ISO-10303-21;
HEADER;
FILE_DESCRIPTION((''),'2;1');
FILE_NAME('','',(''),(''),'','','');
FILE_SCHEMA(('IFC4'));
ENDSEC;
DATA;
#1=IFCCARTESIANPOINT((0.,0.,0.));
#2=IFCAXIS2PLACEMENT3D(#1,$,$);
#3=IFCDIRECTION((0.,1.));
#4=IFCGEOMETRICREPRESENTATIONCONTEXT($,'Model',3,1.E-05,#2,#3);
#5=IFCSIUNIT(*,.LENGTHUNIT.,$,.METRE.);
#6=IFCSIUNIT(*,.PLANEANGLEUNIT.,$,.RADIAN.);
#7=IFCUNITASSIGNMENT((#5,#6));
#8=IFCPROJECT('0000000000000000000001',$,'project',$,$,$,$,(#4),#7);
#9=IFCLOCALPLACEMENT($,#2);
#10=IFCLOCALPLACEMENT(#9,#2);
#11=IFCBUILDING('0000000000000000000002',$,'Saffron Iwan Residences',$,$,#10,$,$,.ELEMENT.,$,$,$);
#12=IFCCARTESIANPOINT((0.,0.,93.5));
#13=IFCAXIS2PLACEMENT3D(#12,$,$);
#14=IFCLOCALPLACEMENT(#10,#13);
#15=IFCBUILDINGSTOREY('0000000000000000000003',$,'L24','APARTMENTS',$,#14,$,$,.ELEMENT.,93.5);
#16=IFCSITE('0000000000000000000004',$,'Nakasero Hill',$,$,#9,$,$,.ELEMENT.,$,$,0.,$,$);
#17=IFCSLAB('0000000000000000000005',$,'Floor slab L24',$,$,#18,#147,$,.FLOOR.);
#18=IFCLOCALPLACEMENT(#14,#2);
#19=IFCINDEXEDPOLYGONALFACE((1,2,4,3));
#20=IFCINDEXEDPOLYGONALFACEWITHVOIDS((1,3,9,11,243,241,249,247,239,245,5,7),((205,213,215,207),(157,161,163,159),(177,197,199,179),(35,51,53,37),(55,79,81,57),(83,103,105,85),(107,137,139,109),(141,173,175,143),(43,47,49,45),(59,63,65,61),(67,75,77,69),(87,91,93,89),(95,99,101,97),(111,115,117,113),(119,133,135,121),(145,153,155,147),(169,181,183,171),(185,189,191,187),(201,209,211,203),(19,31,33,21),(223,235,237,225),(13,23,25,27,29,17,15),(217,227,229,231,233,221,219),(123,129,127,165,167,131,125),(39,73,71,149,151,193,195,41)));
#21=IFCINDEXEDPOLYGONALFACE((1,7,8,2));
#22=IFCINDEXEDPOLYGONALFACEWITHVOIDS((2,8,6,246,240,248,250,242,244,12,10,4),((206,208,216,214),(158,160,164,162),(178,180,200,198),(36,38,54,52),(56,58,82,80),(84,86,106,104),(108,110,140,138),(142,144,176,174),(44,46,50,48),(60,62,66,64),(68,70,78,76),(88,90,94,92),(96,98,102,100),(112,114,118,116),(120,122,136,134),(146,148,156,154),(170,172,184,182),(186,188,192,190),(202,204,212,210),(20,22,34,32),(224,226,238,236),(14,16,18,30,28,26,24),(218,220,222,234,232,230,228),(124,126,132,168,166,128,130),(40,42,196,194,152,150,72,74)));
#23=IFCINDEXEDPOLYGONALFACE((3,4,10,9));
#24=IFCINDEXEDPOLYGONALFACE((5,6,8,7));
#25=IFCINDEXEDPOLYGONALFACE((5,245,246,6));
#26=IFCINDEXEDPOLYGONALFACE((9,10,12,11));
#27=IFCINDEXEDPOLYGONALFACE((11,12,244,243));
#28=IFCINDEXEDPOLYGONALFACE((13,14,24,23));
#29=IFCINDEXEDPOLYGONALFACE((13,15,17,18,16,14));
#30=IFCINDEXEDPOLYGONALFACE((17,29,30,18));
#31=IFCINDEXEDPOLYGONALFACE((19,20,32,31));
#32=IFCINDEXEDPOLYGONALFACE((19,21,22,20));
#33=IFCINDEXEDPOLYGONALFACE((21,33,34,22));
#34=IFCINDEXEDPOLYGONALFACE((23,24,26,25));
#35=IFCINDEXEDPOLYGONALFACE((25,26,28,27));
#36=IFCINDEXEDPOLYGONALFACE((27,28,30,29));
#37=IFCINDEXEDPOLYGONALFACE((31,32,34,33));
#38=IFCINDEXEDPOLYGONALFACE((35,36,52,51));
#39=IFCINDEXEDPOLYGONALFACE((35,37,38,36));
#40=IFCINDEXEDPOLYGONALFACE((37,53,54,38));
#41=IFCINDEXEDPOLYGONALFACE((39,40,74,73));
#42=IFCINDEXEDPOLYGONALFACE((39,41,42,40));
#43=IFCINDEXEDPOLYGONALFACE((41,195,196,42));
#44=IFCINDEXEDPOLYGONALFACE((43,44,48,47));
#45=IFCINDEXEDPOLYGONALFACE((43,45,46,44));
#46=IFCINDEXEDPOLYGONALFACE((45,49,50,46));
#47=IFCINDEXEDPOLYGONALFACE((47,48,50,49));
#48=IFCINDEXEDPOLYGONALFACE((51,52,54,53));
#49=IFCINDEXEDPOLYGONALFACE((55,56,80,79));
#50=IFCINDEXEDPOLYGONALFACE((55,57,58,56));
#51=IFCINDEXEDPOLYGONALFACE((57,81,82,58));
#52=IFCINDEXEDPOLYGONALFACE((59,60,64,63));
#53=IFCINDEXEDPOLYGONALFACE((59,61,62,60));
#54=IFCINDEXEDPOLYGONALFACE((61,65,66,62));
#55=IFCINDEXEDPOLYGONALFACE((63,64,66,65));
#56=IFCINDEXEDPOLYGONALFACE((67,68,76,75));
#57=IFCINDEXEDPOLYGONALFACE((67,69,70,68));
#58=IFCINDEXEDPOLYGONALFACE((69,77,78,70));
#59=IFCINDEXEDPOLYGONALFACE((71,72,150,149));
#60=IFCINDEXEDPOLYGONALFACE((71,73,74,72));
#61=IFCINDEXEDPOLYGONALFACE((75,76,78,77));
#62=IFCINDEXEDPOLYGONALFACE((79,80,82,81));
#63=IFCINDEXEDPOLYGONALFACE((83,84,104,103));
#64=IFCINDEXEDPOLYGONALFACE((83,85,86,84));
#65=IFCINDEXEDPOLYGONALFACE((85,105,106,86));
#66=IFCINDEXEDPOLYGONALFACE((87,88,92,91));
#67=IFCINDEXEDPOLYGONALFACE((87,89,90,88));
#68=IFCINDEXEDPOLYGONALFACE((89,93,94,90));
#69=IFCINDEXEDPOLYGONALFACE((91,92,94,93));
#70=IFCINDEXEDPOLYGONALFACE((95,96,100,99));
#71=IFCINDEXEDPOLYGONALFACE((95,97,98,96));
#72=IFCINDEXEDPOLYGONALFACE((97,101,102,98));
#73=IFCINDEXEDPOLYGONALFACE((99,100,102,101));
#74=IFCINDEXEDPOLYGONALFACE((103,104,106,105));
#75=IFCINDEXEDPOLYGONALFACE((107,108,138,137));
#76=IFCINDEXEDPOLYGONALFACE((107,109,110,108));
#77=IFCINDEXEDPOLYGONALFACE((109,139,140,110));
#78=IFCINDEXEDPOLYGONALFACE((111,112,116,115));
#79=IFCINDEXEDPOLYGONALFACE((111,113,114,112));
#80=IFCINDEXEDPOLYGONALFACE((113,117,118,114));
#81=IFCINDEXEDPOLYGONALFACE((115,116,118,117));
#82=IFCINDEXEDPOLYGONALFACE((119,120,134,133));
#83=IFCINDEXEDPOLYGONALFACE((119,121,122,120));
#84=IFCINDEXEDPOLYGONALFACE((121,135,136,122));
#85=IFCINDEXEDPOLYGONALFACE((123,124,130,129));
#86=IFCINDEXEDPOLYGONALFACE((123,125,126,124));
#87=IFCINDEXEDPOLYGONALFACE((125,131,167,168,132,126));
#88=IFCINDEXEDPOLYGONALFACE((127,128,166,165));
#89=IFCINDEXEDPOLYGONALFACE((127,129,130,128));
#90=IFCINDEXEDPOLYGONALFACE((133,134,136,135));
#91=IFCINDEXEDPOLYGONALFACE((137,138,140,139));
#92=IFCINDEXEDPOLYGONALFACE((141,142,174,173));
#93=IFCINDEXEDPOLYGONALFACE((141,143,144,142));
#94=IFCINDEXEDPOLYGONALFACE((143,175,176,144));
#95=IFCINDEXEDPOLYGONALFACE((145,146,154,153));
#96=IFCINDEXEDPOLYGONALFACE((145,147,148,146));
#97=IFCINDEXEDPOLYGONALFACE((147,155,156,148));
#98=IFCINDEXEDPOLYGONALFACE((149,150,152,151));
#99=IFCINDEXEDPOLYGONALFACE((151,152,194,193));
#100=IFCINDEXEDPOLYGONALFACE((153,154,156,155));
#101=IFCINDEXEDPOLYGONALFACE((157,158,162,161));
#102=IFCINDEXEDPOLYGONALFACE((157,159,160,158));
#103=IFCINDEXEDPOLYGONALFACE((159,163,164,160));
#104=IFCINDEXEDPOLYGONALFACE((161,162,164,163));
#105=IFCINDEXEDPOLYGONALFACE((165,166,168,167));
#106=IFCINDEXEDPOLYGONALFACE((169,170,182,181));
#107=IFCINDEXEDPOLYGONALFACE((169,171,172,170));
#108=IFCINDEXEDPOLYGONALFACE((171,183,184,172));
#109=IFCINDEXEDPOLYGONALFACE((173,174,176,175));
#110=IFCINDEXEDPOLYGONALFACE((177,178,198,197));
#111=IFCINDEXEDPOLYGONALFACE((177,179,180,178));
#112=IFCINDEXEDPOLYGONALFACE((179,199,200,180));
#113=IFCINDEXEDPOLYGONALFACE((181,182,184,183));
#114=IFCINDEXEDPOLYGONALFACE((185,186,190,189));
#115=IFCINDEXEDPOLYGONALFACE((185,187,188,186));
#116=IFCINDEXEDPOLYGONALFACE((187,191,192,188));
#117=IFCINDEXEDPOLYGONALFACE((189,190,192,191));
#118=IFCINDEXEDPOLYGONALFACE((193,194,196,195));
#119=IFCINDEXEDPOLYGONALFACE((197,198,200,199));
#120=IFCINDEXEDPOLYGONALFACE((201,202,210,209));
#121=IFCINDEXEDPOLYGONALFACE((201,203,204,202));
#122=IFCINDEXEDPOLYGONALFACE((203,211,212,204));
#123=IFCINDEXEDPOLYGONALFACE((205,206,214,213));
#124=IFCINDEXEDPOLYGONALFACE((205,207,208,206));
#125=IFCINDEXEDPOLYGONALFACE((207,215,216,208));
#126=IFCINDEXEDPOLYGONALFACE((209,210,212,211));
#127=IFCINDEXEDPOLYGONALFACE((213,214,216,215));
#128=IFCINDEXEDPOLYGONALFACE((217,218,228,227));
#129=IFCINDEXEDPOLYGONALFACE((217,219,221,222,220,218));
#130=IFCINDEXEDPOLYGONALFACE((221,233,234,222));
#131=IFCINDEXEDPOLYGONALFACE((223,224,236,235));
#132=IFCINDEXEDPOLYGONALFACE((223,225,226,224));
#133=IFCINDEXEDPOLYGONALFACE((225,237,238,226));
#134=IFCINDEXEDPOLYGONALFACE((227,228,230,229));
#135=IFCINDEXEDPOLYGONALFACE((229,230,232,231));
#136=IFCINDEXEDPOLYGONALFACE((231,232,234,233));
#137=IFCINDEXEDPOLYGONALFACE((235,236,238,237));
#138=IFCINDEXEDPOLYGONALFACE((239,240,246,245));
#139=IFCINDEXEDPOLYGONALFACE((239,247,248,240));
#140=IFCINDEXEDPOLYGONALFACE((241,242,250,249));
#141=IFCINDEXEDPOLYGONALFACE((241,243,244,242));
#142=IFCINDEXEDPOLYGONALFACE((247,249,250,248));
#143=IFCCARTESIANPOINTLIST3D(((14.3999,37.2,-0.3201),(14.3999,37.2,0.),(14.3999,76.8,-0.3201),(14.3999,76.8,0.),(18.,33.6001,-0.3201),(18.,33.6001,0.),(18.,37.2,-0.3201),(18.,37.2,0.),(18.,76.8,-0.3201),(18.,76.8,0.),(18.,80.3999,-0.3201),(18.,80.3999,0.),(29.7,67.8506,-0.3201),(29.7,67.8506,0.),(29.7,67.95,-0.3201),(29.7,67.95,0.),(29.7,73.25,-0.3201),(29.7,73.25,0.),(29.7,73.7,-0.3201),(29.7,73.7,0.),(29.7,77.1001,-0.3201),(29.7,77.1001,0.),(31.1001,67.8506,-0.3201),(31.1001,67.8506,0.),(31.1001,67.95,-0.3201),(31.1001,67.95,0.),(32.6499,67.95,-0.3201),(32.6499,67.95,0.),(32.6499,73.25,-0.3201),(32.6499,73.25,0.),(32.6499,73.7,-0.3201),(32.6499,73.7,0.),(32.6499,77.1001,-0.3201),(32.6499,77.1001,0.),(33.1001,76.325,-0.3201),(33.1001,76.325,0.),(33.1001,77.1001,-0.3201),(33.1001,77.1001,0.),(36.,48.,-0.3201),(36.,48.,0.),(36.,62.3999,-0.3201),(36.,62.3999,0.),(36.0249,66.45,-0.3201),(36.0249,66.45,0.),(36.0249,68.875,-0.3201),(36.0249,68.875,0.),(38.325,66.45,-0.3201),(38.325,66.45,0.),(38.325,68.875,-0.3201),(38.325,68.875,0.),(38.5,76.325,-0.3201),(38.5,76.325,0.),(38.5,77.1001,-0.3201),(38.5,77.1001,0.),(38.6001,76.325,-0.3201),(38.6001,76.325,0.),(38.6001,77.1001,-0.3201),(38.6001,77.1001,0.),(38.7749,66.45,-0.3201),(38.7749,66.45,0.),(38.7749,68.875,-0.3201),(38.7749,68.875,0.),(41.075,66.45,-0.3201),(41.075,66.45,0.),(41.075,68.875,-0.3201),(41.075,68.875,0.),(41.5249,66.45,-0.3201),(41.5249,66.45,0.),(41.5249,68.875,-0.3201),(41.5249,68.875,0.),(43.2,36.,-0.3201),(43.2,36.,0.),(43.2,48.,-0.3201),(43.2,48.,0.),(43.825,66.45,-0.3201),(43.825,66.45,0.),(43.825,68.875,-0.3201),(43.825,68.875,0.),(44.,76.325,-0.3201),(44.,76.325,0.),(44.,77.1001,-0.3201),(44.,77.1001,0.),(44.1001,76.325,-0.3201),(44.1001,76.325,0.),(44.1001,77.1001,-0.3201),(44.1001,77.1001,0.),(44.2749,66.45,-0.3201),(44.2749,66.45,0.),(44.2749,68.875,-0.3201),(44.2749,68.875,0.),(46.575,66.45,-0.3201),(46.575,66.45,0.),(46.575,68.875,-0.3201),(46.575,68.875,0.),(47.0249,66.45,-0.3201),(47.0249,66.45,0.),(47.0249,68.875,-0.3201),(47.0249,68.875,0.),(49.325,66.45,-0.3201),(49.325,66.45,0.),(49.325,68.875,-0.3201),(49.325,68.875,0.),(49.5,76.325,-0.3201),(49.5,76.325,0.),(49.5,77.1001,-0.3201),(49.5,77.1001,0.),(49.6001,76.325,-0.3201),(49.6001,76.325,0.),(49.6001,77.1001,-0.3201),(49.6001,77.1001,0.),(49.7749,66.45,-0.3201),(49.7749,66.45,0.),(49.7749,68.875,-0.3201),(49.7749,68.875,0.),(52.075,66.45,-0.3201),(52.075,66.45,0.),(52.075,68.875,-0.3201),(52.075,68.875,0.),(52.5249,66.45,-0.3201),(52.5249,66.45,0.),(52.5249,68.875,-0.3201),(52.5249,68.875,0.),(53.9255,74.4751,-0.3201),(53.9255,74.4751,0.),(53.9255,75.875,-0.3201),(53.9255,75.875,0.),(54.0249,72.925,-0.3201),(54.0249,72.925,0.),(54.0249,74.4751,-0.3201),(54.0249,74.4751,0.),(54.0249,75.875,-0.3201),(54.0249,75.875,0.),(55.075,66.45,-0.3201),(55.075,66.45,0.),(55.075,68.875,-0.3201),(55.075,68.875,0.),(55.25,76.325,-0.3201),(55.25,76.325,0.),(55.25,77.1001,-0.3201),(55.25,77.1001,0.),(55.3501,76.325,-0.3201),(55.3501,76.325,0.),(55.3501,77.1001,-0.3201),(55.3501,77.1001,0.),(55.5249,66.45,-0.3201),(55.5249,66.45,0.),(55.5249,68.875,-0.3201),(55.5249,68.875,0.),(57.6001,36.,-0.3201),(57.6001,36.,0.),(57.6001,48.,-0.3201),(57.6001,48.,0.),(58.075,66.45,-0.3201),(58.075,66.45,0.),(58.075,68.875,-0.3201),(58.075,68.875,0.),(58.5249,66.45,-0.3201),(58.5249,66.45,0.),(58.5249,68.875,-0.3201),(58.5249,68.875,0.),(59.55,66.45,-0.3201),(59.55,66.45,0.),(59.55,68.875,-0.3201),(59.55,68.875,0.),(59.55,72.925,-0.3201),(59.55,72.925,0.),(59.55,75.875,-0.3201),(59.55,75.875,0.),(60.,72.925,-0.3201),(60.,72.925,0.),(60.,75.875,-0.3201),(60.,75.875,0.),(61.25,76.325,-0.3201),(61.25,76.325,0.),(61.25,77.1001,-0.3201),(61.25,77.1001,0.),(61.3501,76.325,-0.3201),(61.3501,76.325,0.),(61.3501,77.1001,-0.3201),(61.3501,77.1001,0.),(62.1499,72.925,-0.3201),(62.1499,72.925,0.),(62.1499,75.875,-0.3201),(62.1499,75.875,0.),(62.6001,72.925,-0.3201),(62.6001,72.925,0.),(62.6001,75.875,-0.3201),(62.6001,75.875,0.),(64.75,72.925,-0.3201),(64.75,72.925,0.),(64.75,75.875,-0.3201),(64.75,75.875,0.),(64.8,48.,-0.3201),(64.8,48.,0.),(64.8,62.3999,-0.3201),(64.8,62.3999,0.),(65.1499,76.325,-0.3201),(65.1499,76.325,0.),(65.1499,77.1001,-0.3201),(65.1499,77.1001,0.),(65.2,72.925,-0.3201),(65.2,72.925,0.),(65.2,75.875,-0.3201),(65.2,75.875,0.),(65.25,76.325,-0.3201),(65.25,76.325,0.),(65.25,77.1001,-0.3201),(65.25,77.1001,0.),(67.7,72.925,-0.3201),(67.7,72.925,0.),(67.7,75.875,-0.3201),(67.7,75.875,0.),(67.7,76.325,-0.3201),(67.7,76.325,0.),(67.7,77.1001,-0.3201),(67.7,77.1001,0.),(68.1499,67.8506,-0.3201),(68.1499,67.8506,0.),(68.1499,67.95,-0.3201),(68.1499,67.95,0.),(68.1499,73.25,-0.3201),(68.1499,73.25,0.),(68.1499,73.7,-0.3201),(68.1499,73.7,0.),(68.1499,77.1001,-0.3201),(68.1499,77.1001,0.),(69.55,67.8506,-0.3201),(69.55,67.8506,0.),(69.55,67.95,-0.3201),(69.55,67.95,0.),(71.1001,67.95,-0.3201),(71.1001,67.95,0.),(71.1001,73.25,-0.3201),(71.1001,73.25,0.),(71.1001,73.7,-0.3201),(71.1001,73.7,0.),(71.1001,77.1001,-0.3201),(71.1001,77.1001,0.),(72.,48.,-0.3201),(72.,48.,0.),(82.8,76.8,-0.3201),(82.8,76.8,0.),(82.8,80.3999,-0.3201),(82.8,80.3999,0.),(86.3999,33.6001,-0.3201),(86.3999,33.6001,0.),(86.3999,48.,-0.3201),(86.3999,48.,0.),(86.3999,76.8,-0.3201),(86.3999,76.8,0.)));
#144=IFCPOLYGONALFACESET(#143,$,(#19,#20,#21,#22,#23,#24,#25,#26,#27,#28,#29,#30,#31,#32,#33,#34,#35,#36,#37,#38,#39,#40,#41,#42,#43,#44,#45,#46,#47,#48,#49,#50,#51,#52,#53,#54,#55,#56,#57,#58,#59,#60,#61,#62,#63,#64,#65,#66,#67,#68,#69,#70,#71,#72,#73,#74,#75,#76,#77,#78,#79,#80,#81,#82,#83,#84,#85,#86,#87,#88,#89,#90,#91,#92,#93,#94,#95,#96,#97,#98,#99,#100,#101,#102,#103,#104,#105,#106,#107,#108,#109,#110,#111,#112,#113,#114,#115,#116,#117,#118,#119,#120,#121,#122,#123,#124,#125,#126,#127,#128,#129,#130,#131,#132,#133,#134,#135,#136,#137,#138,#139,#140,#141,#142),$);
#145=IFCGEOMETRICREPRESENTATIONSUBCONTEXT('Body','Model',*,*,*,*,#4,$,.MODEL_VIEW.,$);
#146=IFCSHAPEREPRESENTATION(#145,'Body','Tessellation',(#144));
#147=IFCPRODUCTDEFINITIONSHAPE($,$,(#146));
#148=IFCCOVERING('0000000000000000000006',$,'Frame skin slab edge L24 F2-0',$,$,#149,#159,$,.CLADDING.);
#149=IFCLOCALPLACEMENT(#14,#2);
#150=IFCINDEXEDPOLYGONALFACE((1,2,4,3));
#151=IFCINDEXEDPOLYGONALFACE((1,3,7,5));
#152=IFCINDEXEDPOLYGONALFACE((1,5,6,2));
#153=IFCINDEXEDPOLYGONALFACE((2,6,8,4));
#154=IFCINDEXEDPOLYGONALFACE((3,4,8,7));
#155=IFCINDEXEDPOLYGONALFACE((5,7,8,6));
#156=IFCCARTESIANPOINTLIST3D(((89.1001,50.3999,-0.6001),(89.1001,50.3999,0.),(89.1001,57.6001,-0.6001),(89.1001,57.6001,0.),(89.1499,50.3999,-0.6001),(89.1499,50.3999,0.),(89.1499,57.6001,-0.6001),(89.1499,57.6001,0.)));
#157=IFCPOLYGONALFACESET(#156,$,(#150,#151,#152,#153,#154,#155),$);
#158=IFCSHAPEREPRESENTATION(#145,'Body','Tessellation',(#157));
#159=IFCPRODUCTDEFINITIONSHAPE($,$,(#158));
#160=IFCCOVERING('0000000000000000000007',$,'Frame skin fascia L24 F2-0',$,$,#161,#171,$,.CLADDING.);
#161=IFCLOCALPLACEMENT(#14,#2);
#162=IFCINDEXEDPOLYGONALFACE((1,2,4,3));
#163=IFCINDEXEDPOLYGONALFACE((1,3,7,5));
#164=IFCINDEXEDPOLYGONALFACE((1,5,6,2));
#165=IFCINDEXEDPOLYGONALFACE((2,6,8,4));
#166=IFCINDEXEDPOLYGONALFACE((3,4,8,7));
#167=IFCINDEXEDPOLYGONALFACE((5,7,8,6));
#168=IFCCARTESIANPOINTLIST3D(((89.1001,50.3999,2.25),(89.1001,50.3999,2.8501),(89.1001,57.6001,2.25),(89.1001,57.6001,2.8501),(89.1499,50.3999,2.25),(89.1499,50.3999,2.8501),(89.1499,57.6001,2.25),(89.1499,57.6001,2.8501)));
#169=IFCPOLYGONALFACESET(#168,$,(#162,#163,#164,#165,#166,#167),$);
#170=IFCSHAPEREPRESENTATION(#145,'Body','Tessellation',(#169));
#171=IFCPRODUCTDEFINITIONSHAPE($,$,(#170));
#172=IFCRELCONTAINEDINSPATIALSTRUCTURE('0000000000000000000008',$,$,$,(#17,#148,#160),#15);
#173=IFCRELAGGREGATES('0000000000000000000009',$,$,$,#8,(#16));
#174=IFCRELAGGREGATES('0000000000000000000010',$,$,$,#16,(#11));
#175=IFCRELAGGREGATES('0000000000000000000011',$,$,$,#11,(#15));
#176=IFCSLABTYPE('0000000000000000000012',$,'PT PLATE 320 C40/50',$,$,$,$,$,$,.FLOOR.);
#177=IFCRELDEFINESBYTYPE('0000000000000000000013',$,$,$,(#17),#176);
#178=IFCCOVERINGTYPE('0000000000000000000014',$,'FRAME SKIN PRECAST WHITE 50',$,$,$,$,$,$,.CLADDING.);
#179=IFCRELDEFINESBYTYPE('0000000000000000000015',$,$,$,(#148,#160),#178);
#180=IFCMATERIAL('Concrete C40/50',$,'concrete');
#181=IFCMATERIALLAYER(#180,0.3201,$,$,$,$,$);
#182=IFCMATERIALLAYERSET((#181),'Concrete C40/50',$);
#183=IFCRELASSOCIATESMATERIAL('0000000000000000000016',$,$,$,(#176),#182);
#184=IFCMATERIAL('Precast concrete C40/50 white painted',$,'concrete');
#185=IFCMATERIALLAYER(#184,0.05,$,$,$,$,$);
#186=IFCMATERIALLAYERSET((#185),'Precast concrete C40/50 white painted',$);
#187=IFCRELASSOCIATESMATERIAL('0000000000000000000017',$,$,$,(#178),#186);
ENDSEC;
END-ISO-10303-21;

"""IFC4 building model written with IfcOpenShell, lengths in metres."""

from ifc_helpers import new_model, si_unit, direction, frame, origin, place, context, subcontext, project, spatial, polyline, outline, extrude, material, layer, layer_set, type_object, element, save


model = new_model("IFC4")

# Units and contexts
model_context = context("Model", 3, precision=1e-05, world=origin(), true_north=direction((0.0, 1.0)))
body_context = subcontext(model_context, "Body", "Model", "MODEL_VIEW")
ifc_project = project(units=[si_unit("LENGTHUNIT", "METRE"), si_unit("PLANEANGLEUNIT", "RADIAN")], contexts=[model_context])

# Site, building, storey
site_placement = place(None, origin())
site = spatial("IfcSite", under=ifc_project, at=site_placement, Name="Nakasero Hill", CompositionType="ELEMENT", RefElevation=0.0)
building_placement = place(site_placement, origin())
building = spatial("IfcBuilding", under=site, at=building_placement, Name="Saffron Iwan Residences", CompositionType="ELEMENT")
storey_placement = place(building_placement, frame((0.0, 0.0, 93.5)))
storey = spatial("IfcBuildingStorey", under=building, at=storey_placement, Name="L24", Description="APARTMENTS", CompositionType="ELEMENT", Elevation=93.5)

# Slab
ifc_material_1 = material(Name="Concrete C40/50", Category="concrete")
ifc_layer_1 = layer(ifc_material_1, 0.3201)
ifc_layer_set_1 = layer_set([ifc_layer_1], Name="Concrete C40/50")
slab_type_1 = type_object("IfcSlabType", Name="PT PLATE 320 C40/50", PredefinedType="FLOOR", material=ifc_layer_set_1)
slab_1_placement = place(storey_placement, frame((0.0, 0.0, -0.3201)))
element("IfcSlab", 1, at=slab_1_placement, inside=storey, type_object=slab_type_1, Name="Floor slab L24", PredefinedType="FLOOR", context=body_context, shape_type="SweptSolid", body=[
    extrude(outline(polyline([(14.3999, 37.2), (14.3999, 76.8), (18.0, 76.8), (18.0, 80.3999), (82.8, 80.3999), (82.8, 76.8), (86.3999, 76.8), (86.3999, 48.0), (72.0, 48.0), (86.3999, 33.6001), (18.0, 33.6001), (18.0, 37.2), (14.3999, 37.2)]), holes=[polyline([(64.8, 48.0), (64.8, 62.3999), (36.0, 62.3999), (36.0, 48.0), (43.2, 48.0), (43.2, 36.0), (57.6001, 36.0), (57.6001, 48.0), (64.8, 48.0)]), polyline([(38.325, 68.875), (36.0249, 68.875), (36.0249, 66.45), (38.325, 66.45), (38.325, 68.875)]), polyline([(41.075, 66.45), (41.075, 68.875), (38.7749, 68.875), (38.7749, 66.45), (41.075, 66.45)]), polyline([(43.825, 66.45), (43.825, 68.875), (41.5249, 68.875), (41.5249, 66.45), (43.825, 66.45)]), polyline([(46.575, 68.875), (44.2749, 68.875), (44.2749, 66.45), (46.575, 66.45), (46.575, 68.875)]), polyline([(49.325, 66.45), (49.325, 68.875), (47.0249, 68.875), (47.0249, 66.45), (49.325, 66.45)]), polyline([(52.075, 66.45), (52.075, 68.875), (49.7749, 68.875), (49.7749, 66.45), (52.075, 66.45)]), polyline([(29.7, 73.25), (29.7, 67.95), (29.7, 67.8506), (31.1001, 67.8506), (31.1001, 67.95), (32.6499, 67.95), (32.6499, 73.25), (29.7, 73.25)]), polyline([(32.6499, 73.7), (32.6499, 77.1001), (29.7, 77.1001), (29.7, 73.7), (32.6499, 73.7)]), polyline([(38.5, 76.325), (38.5, 77.1001), (33.1001, 77.1001), (33.1001, 76.325), (38.5, 76.325)]), polyline([(44.0, 77.1001), (38.6001, 77.1001), (38.6001, 76.325), (44.0, 76.325), (44.0, 77.1001)]), polyline([(49.5, 76.325), (49.5, 77.1001), (44.1001, 77.1001), (44.1001, 76.325), (49.5, 76.325)]), polyline([(55.25, 76.325), (55.25, 77.1001), (49.6001, 77.1001), (49.6001, 76.325), (55.25, 76.325)]), polyline([(55.075, 68.875), (52.5249, 68.875), (52.5249, 66.45), (55.075, 66.45), (55.075, 68.875)]), polyline([(58.075, 66.45), (58.075, 68.875), (55.5249, 68.875), (55.5249, 66.45), (58.075, 66.45)]), polyline([(59.55, 66.45), (59.55, 68.875), (58.5249, 68.875), (58.5249, 66.45), (59.55, 66.45)]), polyline([(68.1499, 73.25), (68.1499, 67.95), (68.1499, 67.8506), (69.55, 67.8506), (69.55, 67.95), (71.1001, 67.95), (71.1001, 73.25), (68.1499, 73.25)]), polyline([(53.9255, 74.4751), (54.0249, 74.4751), (54.0249, 72.925), (59.55, 72.925), (59.55, 75.875), (54.0249, 75.875), (53.9255, 75.875), (53.9255, 74.4751)]), polyline([(62.1499, 72.925), (62.1499, 75.875), (60.0, 75.875), (60.0, 72.925), (62.1499, 72.925)]), polyline([(64.75, 75.875), (62.6001, 75.875), (62.6001, 72.925), (64.75, 72.925), (64.75, 75.875)]), polyline([(67.7, 72.925), (67.7, 75.875), (65.2, 75.875), (65.2, 72.925), (67.7, 72.925)]), polyline([(71.1001, 73.7), (71.1001, 77.1001), (68.1499, 77.1001), (68.1499, 73.7), (71.1001, 73.7)]), polyline([(61.25, 77.1001), (55.3501, 77.1001), (55.3501, 76.325), (61.25, 76.325), (61.25, 77.1001)]), polyline([(65.1499, 76.325), (65.1499, 77.1001), (61.3501, 77.1001), (61.3501, 76.325), (65.1499, 76.325)]), polyline([(67.7, 76.325), (67.7, 77.1001), (65.25, 77.1001), (65.25, 76.325), (67.7, 76.325)])]), origin(), (0.0, 0.0, 1.0), 0.3201),
])

# Coverings
ifc_material_2 = material(Name="Precast concrete C40/50 white painted", Category="concrete")
ifc_layer_2 = layer(ifc_material_2, 0.05)
ifc_layer_set_2 = layer_set([ifc_layer_2], Name="Precast concrete C40/50 white painted")
covering_type_1 = type_object("IfcCoveringType", Name="FRAME SKIN PRECAST WHITE 50", PredefinedType="CLADDING", material=ifc_layer_set_2)
for number, where, name in (
    (2, (0.0, 0.0, -0.6001), "Frame skin slab edge L24 F2-0"),
    (3, (0.0, 0.0, 2.25), "Frame skin fascia L24 F2-0"),
):
    element("IfcCovering", number, at=place(storey_placement, frame(where)), inside=storey, type_object=covering_type_1, Name=name, PredefinedType="CLADDING", context=body_context, shape_type="SweptSolid", body=[
        extrude(outline(polyline([(89.1499, 50.3999), (89.1499, 57.6001), (89.1001, 57.6001), (89.1001, 50.3999), (89.1499, 50.3999)])), origin(), (0.0, 0.0, 1.0), 0.6001),
    ])

save(model, "model.ifc")
